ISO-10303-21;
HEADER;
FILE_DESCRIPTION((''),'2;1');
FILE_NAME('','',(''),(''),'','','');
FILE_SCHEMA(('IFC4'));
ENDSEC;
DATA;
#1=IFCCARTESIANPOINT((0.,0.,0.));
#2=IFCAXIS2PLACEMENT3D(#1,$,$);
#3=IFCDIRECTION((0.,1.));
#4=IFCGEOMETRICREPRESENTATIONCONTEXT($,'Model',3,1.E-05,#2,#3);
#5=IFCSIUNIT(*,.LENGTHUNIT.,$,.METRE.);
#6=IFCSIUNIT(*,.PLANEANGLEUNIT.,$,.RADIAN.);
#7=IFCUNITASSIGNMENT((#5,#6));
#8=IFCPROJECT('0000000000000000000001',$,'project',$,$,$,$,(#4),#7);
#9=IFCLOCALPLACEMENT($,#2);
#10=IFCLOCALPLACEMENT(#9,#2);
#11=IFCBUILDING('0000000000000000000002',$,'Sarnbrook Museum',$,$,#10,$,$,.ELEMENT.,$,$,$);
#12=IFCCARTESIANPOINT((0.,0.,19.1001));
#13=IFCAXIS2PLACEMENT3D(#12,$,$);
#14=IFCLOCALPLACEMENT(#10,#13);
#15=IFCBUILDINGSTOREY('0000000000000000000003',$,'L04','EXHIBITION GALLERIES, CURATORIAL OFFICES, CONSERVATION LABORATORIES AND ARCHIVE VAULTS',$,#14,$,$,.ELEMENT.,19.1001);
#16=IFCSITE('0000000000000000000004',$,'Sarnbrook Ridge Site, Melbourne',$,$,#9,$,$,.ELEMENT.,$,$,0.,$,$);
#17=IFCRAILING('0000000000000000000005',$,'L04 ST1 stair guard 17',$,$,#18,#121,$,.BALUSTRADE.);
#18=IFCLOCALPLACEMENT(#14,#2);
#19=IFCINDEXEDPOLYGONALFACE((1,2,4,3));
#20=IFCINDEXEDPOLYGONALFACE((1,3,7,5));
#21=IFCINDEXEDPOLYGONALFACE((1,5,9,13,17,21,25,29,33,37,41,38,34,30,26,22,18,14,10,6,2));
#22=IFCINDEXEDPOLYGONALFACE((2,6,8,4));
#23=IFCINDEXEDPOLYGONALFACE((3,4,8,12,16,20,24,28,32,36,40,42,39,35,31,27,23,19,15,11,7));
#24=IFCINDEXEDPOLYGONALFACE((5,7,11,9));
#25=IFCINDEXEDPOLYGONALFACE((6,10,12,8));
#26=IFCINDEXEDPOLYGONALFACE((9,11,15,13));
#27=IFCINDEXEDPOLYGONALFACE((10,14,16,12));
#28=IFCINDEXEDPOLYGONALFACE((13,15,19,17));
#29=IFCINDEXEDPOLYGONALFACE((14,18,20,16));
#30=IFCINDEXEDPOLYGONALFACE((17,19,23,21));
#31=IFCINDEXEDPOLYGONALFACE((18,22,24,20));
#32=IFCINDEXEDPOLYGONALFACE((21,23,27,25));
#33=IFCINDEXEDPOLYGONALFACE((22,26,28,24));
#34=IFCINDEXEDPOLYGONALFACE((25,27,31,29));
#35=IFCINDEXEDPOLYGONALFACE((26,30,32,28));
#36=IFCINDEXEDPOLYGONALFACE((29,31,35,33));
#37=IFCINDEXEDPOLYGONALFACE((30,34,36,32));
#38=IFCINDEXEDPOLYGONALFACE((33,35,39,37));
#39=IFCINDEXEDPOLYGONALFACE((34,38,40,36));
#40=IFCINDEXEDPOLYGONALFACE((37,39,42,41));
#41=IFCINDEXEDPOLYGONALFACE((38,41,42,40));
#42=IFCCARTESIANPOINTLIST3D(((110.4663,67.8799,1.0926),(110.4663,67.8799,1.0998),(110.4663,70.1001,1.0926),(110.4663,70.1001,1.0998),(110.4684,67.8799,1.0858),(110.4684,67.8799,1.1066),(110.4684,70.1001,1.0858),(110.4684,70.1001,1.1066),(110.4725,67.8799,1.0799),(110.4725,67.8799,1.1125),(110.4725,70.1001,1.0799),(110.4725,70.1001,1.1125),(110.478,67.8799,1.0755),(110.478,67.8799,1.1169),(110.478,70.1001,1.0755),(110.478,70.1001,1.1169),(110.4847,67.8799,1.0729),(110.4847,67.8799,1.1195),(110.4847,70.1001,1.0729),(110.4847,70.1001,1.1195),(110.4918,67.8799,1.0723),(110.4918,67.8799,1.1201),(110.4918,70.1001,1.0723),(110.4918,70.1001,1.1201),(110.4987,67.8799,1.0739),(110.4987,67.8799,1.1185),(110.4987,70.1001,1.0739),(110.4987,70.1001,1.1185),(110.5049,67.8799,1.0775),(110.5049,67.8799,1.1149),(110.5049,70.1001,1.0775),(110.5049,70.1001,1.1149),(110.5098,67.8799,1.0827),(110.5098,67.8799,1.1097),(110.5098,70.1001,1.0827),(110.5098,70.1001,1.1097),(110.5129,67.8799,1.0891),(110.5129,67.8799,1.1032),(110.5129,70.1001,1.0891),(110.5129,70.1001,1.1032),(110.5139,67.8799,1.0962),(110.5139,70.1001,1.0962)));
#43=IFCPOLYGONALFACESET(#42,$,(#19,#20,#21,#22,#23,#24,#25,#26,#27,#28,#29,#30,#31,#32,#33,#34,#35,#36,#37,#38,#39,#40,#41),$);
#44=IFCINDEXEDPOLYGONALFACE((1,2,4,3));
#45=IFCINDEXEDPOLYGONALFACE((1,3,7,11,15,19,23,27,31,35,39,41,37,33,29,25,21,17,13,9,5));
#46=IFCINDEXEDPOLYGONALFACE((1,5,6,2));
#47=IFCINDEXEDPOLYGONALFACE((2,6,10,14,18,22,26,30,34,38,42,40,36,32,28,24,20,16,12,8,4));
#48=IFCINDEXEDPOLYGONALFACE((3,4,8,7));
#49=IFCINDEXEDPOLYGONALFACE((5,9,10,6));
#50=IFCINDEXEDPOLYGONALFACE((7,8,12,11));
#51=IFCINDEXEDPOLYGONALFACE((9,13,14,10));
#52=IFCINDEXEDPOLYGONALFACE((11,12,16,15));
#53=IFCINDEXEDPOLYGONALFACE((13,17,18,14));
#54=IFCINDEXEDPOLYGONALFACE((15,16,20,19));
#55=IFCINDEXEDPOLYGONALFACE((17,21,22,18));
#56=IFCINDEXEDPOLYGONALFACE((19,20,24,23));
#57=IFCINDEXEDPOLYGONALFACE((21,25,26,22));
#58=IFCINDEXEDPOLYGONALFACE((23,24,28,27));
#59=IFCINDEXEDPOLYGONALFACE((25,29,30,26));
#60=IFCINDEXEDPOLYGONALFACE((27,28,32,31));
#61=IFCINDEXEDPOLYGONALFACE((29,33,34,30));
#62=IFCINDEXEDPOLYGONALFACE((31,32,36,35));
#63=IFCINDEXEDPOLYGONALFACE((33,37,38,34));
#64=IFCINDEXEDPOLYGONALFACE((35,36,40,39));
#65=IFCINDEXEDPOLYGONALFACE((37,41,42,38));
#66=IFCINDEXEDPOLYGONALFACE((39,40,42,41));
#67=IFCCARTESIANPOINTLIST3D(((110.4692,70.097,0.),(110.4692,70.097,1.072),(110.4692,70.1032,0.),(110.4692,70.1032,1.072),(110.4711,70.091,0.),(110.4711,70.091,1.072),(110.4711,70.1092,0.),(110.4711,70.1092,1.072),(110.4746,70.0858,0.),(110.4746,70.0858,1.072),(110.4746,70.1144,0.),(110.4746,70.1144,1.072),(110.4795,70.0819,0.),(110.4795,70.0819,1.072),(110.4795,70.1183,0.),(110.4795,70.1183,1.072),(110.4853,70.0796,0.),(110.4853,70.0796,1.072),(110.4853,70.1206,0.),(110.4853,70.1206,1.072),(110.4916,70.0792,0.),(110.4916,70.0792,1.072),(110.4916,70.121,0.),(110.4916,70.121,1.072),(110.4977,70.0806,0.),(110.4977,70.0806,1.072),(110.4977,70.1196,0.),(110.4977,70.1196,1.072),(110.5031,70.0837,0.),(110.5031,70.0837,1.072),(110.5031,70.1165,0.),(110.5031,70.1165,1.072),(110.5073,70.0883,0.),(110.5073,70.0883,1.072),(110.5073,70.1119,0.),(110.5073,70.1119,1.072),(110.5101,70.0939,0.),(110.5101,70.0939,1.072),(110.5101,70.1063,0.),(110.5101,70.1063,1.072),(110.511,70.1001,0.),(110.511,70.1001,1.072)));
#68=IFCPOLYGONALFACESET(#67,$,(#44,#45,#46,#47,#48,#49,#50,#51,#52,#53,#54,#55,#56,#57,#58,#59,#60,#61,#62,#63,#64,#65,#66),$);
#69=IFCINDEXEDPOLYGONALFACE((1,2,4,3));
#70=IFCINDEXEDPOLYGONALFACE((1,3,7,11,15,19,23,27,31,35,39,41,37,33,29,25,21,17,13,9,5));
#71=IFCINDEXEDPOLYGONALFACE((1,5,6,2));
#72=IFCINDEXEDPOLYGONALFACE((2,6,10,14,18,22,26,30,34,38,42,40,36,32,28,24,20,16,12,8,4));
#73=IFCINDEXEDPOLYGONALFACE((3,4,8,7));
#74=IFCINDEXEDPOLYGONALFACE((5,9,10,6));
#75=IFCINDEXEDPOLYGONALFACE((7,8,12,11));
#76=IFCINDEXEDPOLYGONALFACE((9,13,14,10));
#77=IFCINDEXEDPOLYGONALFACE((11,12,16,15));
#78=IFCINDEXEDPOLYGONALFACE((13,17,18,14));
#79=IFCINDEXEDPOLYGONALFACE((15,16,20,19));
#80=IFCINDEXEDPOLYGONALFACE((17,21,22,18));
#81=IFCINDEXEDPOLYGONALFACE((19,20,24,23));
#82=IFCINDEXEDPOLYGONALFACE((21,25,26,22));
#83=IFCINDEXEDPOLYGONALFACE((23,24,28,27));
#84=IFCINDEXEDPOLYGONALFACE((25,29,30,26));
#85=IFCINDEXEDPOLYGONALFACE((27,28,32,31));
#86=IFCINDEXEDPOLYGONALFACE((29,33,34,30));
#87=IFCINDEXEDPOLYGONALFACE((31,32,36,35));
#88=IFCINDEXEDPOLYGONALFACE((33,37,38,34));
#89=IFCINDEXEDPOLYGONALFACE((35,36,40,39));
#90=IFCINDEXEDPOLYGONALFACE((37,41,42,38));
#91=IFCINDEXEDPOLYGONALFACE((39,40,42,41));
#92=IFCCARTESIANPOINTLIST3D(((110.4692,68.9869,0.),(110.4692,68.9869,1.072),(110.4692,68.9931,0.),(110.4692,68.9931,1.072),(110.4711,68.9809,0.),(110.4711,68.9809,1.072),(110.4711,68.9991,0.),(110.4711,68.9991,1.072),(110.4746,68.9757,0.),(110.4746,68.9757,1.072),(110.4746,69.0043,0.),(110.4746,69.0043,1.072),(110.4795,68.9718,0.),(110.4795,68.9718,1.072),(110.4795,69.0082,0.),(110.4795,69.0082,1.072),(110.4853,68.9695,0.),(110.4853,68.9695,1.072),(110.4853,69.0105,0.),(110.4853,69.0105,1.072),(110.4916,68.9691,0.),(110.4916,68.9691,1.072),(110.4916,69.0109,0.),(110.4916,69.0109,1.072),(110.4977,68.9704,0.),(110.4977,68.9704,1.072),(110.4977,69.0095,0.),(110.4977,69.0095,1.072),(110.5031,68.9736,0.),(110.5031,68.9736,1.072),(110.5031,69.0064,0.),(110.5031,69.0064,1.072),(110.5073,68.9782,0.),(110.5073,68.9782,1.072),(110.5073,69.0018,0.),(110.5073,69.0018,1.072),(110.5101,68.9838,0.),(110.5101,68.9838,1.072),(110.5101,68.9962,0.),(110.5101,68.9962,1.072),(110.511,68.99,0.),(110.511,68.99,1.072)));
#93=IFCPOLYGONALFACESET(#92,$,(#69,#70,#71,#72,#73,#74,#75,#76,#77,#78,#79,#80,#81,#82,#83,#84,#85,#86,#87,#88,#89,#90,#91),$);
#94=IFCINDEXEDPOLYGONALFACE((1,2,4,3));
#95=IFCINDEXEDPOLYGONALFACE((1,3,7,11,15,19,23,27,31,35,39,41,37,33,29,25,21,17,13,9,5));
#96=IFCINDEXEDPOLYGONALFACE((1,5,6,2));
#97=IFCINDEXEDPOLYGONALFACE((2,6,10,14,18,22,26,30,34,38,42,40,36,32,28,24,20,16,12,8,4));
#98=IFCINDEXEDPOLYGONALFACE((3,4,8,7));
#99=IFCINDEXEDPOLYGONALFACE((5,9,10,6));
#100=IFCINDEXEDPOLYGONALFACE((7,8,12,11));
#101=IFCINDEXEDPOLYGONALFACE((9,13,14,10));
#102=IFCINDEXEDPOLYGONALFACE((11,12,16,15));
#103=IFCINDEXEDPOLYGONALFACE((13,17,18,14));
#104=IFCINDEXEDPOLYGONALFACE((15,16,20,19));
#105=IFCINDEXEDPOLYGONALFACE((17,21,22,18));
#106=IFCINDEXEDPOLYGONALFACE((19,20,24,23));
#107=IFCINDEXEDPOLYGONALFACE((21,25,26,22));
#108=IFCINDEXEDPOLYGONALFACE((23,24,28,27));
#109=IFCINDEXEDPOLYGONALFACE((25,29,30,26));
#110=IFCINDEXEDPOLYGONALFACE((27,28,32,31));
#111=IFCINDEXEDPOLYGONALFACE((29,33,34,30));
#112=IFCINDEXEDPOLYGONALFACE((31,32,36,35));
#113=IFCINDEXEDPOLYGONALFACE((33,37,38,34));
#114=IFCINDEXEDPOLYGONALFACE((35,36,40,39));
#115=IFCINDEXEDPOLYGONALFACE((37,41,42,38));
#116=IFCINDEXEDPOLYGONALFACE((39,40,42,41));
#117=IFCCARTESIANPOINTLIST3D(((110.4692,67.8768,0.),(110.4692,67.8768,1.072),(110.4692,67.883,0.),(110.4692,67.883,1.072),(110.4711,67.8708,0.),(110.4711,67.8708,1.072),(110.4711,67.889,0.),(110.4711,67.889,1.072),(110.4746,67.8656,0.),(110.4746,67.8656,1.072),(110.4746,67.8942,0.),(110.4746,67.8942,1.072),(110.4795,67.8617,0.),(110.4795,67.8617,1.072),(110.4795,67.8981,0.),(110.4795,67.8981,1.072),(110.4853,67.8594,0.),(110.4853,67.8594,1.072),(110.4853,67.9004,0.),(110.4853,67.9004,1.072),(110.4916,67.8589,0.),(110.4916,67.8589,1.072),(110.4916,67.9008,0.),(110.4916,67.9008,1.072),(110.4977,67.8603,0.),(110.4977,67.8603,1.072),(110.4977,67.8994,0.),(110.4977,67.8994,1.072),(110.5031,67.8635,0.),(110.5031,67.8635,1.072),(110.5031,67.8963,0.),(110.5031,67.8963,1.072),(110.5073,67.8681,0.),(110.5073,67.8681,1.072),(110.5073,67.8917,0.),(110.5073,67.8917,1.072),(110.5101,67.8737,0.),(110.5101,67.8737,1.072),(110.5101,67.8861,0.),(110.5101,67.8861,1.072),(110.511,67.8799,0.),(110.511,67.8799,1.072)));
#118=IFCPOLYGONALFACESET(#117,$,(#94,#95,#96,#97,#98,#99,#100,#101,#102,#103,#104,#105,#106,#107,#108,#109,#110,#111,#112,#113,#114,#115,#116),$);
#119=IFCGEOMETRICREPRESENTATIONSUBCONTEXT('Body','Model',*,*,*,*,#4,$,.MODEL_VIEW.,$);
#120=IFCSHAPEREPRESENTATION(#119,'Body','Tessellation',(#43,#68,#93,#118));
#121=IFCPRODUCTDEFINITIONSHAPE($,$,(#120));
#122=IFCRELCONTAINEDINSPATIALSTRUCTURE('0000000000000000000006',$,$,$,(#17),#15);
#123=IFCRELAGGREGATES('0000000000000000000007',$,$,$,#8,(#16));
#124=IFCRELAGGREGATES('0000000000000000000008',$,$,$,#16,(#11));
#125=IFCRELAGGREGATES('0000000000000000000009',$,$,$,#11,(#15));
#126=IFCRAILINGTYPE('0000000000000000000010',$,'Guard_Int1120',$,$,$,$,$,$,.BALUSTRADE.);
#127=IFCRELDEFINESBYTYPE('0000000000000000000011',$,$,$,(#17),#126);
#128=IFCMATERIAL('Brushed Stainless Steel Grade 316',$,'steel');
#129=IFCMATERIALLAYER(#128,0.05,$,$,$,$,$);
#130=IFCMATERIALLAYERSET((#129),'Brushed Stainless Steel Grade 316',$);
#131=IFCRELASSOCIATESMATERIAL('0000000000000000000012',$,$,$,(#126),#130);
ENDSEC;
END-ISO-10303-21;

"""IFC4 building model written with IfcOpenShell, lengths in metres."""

from ifc_helpers import new_model, si_unit, direction, frame, origin, origin_2d, place, context, subcontext, project, spatial, circle, extrude, material, layer, layer_set, type_object, element, save


model = new_model("IFC4")

# Units and contexts
model_context = context("Model", 3, precision=1e-05, world=origin(), true_north=direction((0.0, 1.0)))
body_context = subcontext(model_context, "Body", "Model", "MODEL_VIEW")
ifc_project = project(units=[si_unit("LENGTHUNIT", "METRE"), si_unit("PLANEANGLEUNIT", "RADIAN")], contexts=[model_context])

# Site, building, storey
site_placement = place(None, origin())
site = spatial("IfcSite", under=ifc_project, at=site_placement, Name="Sarnbrook Ridge Site, Melbourne", CompositionType="ELEMENT", RefElevation=0.0)
building_placement = place(site_placement, origin())
building = spatial("IfcBuilding", under=site, at=building_placement, Name="Sarnbrook Museum", CompositionType="ELEMENT")
storey_placement = place(building_placement, frame((0.0, 0.0, 19.1001)))
storey = spatial("IfcBuildingStorey", under=building, at=storey_placement, Name="L04", Description="EXHIBITION GALLERIES, CURATORIAL OFFICES, CONSERVATION LABORATORIES AND ARCHIVE VAULTS", CompositionType="ELEMENT", Elevation=19.1001)

# Railing
ifc_material_1 = material(Name="Brushed Stainless Steel Grade 316", Category="steel")
ifc_layer_1 = layer(ifc_material_1, 0.05)
ifc_layer_set_1 = layer_set([ifc_layer_1], Name="Brushed Stainless Steel Grade 316")
railing_type = type_object("IfcRailingType", Name="Guard_Int1120", PredefinedType="BALUSTRADE", material=ifc_layer_set_1)
for number, where, name in (
    (1, (110.49, 70.1001, 0.0), "L04 ST1 stair guard 17"),
):
    element("IfcRailing", number, at=place(storey_placement, frame(where)), inside=storey, type_object=railing_type, Name=name, PredefinedType="BALUSTRADE", context=body_context, shape_type="SweptSolid", body=[
        extrude(circle(Radius=0.0239, at=origin_2d()), frame((0.0, 0.0, 1.0962), z_axis=(0.0, -1.0, 0.0), x_axis=(1.0, 0.0, 0.0)), (0.0, 0.0, 1.0), 2.2202),
        extrude(circle(Radius=0.021, at=origin_2d()), origin(), (0.0, 0.0, 1.0), 1.072),
        extrude(circle(Radius=0.021, at=origin_2d()), frame((0.0, -1.1101, 0.0)), (0.0, 0.0, 1.0), 1.072),
        extrude(circle(Radius=0.021, at=origin_2d()), frame((0.0, -2.2202, 0.0)), (0.0, 0.0, 1.0), 1.072),
    ])

save(model, "model.ifc")
